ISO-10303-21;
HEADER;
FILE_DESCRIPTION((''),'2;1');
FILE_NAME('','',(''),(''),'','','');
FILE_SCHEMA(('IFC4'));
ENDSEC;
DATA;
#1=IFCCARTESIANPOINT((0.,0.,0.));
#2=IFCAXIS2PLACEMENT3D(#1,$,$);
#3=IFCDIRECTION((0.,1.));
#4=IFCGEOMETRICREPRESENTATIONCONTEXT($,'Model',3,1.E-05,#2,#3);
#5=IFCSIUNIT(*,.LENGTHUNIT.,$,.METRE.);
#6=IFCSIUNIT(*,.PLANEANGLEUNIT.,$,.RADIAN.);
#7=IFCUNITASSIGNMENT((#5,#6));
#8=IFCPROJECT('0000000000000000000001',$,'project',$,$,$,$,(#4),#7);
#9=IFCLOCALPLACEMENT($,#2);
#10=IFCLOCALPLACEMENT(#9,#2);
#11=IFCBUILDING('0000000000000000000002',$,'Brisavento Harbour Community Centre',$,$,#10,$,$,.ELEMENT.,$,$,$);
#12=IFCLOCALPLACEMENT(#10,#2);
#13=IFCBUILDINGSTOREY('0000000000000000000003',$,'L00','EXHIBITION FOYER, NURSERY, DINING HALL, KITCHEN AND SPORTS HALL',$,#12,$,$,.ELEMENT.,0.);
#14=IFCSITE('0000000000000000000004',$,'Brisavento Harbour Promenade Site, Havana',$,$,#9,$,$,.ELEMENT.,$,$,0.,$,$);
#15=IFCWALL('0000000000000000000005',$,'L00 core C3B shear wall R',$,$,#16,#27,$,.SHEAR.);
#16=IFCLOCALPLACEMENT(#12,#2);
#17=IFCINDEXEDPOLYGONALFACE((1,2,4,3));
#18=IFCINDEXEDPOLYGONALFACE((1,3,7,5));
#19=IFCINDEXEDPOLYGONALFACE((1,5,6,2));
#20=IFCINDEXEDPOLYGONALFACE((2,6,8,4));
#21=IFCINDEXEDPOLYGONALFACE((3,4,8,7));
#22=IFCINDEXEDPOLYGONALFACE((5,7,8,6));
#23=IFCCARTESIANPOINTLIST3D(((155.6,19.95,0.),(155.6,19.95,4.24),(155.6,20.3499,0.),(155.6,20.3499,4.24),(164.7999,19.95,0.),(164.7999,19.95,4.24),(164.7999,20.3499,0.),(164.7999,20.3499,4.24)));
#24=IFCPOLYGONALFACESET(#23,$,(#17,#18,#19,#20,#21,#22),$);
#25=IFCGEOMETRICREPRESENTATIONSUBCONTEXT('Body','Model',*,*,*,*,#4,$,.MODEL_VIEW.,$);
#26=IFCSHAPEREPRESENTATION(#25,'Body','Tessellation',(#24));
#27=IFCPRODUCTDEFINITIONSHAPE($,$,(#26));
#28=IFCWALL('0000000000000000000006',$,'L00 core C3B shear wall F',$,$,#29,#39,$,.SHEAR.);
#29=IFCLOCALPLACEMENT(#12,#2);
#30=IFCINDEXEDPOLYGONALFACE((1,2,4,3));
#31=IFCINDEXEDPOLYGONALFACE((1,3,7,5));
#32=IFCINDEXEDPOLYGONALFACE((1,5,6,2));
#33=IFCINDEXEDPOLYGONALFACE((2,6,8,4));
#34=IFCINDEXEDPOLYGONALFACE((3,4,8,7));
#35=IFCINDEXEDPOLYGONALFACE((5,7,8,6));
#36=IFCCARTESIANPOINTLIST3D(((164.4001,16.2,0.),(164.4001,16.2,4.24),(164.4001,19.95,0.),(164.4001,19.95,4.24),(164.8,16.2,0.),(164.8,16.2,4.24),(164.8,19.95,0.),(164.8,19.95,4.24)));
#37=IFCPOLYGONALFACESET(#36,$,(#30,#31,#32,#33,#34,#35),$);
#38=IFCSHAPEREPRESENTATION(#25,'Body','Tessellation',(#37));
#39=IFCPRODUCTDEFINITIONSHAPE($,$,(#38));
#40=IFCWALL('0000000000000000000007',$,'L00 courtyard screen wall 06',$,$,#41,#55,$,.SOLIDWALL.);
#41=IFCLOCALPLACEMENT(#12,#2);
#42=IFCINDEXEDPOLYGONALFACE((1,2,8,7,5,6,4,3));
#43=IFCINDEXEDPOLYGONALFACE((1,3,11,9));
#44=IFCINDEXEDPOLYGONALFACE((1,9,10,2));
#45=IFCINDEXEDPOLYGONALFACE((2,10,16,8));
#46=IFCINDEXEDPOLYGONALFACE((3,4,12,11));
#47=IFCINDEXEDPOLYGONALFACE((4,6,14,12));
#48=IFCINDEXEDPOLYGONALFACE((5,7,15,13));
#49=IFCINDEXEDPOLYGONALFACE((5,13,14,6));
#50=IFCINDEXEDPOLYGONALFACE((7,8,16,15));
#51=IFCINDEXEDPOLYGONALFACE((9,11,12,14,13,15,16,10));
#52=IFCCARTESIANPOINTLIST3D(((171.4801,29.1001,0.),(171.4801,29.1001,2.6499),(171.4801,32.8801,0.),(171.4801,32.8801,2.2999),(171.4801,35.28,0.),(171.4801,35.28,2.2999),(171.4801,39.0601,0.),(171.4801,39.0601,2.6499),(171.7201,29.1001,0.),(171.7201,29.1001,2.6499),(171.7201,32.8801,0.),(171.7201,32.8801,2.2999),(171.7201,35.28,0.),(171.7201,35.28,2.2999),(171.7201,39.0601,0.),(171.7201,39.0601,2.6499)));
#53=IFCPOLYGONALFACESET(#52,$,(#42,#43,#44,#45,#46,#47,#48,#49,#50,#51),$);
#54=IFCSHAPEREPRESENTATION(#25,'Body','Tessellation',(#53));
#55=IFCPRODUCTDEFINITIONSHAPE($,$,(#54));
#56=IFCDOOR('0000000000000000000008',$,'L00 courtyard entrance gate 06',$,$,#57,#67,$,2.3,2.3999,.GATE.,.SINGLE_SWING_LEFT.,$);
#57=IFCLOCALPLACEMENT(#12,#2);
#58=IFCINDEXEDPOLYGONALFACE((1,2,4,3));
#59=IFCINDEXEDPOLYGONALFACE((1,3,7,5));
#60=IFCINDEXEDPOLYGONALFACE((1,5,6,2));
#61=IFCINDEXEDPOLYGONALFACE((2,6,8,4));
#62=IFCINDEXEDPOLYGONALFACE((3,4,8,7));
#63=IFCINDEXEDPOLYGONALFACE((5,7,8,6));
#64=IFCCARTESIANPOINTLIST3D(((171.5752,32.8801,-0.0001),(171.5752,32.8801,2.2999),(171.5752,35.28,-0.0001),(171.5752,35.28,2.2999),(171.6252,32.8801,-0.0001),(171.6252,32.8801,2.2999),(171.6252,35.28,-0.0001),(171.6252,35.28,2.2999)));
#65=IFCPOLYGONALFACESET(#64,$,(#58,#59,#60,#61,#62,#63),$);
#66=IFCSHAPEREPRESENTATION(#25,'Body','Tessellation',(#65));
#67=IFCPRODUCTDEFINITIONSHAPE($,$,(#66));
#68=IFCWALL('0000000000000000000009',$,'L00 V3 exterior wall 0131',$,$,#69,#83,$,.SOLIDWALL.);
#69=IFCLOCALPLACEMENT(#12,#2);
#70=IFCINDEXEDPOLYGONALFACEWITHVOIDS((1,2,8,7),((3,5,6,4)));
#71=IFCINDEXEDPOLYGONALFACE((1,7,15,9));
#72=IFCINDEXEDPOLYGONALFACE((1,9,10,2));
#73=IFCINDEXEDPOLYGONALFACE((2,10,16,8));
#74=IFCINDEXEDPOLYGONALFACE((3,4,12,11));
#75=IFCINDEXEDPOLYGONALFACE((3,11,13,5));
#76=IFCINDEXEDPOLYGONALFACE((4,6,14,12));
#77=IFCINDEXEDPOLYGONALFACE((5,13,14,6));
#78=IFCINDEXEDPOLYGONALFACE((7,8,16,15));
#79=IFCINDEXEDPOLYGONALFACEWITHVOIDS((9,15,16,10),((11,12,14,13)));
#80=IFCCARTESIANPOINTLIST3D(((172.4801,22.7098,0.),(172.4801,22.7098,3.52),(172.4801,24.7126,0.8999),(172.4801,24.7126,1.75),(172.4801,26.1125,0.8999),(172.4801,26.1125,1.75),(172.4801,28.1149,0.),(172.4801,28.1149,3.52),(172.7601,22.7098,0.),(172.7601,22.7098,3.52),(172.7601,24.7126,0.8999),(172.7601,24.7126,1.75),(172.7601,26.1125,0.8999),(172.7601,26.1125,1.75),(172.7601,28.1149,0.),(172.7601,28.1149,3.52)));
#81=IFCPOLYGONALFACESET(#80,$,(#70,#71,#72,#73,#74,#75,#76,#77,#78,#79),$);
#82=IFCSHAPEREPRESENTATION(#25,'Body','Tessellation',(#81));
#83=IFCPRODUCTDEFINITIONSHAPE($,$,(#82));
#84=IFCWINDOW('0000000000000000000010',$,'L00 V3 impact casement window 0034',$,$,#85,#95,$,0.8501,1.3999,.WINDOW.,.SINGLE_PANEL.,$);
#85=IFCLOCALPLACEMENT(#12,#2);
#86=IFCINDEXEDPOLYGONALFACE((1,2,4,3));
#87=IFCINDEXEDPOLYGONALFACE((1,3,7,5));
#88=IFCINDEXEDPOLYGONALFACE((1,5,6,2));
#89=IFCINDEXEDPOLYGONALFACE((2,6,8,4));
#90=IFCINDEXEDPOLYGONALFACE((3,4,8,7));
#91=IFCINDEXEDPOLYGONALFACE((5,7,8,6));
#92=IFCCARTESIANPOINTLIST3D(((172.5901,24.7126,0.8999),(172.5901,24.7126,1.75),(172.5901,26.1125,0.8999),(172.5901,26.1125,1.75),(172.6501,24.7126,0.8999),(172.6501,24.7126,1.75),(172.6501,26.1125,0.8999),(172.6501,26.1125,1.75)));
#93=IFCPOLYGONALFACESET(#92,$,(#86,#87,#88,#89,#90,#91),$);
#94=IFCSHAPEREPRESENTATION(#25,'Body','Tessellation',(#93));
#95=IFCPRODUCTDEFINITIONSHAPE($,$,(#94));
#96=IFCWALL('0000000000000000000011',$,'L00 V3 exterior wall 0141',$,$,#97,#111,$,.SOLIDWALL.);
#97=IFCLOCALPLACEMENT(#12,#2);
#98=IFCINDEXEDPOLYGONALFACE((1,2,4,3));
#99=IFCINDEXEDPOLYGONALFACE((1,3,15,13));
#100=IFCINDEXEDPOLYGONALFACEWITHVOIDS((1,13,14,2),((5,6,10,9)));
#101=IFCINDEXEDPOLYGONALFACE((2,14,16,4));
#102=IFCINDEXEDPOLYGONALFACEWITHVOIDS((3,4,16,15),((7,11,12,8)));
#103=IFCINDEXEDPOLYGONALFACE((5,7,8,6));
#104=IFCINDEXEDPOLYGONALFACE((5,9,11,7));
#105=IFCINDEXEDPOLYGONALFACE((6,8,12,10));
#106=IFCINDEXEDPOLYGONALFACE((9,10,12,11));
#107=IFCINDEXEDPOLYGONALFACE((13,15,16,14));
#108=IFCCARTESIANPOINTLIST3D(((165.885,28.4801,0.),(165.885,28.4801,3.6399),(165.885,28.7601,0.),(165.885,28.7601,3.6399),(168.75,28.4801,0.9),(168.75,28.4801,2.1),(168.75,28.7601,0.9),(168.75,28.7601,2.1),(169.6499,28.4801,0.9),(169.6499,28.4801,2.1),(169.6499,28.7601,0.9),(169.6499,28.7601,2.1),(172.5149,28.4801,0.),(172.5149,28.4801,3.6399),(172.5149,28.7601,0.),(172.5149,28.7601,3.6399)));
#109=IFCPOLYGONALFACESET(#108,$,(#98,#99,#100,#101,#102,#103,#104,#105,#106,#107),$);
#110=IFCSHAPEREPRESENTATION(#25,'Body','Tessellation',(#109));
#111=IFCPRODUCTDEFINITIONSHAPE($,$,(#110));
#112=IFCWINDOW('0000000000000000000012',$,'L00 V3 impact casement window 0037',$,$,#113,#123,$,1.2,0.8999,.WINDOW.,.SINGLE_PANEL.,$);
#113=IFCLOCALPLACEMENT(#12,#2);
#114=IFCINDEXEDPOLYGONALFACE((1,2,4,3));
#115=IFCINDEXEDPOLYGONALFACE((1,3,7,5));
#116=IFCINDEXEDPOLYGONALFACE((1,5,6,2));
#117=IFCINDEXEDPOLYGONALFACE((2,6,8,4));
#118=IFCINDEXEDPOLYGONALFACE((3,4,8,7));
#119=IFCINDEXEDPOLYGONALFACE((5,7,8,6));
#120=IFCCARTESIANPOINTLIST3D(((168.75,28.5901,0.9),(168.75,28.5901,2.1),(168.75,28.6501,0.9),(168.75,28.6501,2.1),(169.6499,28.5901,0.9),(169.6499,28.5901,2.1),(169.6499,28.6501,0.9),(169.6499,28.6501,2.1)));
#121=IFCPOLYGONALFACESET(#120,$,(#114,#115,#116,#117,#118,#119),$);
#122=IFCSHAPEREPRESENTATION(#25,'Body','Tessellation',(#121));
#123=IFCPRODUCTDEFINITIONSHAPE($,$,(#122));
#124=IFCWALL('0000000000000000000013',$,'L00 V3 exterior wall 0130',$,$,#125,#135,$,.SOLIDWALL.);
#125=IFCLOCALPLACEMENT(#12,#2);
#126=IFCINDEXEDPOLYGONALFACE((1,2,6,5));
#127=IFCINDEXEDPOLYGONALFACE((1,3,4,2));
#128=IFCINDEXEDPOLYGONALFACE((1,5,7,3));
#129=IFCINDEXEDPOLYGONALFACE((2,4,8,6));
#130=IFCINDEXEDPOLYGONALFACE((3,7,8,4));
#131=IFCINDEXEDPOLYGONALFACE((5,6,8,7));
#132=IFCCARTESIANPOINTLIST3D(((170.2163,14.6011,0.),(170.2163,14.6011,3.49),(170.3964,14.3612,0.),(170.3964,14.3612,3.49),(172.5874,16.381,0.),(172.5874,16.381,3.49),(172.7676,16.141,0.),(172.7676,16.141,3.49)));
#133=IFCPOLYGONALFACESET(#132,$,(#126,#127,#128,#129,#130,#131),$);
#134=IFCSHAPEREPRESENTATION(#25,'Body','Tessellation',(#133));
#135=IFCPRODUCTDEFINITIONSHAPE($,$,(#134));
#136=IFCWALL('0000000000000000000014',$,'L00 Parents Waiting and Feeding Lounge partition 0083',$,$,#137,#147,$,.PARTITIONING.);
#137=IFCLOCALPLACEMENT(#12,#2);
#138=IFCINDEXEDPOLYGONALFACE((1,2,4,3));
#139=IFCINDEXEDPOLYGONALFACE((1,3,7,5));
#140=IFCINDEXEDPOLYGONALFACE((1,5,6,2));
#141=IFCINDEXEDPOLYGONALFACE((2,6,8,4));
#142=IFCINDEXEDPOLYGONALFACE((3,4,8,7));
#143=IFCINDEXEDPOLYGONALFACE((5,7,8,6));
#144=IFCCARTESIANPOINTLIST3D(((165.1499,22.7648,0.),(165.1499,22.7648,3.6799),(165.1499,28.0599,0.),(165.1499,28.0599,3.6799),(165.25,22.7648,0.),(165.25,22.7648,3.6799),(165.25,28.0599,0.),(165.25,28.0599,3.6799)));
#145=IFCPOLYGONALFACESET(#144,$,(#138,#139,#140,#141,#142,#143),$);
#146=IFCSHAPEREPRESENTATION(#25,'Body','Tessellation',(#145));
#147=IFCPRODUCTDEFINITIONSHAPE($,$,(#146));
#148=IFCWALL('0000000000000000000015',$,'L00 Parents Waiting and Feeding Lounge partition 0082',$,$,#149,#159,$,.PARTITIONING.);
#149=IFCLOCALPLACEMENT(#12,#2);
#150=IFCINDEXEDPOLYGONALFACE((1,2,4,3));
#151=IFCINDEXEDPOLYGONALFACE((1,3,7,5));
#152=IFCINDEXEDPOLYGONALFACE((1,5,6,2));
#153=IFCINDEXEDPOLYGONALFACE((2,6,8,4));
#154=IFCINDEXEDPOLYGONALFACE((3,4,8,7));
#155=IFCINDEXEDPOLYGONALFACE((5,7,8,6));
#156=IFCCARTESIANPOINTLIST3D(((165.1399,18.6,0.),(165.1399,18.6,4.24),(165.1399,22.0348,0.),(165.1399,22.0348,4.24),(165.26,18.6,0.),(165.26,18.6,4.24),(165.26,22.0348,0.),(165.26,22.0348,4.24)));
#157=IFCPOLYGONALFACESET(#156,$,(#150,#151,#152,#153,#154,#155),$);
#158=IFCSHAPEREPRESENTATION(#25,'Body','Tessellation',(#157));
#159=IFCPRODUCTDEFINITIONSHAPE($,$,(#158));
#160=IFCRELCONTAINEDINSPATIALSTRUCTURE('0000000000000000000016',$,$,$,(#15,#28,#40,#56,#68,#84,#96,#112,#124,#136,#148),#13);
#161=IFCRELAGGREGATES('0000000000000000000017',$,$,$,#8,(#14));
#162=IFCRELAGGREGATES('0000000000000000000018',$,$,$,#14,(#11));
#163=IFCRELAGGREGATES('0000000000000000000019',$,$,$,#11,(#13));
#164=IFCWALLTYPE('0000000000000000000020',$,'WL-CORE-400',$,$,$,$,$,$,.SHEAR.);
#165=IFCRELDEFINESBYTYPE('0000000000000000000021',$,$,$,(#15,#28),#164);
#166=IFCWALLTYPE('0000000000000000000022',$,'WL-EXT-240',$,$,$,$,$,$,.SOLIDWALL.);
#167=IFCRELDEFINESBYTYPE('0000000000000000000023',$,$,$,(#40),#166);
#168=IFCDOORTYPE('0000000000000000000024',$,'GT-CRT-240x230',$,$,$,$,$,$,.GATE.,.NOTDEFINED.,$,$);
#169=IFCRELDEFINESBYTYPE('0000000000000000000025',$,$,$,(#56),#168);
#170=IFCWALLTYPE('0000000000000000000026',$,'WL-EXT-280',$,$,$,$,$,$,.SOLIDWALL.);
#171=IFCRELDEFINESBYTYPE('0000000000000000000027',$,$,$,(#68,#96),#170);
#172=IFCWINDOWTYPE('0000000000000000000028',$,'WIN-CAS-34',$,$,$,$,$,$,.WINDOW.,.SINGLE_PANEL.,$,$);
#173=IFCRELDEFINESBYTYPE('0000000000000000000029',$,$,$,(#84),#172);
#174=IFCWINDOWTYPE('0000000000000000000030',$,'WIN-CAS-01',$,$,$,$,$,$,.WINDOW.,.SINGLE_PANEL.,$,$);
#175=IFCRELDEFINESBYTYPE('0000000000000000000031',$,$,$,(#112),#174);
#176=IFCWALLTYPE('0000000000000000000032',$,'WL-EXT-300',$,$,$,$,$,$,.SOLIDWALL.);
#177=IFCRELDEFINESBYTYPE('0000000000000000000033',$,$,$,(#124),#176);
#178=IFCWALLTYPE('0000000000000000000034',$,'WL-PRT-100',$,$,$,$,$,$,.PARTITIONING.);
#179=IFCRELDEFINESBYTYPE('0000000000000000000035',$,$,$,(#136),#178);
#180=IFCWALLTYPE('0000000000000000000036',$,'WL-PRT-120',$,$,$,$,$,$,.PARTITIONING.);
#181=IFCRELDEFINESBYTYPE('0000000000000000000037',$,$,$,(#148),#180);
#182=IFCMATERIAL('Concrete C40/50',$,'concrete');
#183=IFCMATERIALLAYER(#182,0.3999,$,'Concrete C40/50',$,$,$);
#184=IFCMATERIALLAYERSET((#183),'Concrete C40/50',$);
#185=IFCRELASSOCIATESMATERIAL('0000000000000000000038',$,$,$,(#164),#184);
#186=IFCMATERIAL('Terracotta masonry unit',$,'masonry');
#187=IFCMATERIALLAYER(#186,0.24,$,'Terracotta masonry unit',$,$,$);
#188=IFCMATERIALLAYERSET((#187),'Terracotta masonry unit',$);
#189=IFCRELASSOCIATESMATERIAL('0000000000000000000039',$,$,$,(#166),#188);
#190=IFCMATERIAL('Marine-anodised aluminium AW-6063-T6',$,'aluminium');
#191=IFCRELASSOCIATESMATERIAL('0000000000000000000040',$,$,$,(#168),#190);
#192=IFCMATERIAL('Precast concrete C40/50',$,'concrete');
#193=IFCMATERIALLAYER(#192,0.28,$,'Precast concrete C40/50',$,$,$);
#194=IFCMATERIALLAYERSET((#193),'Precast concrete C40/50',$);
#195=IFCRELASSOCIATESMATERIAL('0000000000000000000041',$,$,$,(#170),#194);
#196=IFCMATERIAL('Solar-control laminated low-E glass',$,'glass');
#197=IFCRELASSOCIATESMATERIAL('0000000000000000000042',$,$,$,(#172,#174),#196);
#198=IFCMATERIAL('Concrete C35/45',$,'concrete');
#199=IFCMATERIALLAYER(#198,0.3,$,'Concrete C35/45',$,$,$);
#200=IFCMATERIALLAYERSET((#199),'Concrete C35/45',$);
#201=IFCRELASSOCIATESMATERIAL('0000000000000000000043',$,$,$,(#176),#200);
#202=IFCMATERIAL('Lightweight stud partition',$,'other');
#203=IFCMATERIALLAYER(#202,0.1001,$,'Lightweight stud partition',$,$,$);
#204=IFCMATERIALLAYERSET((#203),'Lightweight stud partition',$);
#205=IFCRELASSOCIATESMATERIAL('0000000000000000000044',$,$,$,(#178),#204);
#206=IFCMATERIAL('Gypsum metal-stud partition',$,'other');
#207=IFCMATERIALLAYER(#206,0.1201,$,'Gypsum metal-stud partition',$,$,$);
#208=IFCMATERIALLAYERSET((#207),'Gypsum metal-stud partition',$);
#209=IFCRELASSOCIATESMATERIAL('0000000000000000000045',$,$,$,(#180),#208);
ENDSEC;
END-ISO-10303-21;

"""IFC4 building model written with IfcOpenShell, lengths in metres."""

from ifc_helpers import new_model, si_unit, direction, frame, frame_2d, origin, place, context, subcontext, project, spatial, rectangle, extrude, material, layer, layer_set, type_object, element, fill, save


model = new_model("IFC4")

# Units and contexts
model_context = context("Model", 3, precision=1e-05, world=origin(), true_north=direction((0.0, 1.0)))
body_context = subcontext(model_context, "Body", "Model", "MODEL_VIEW")
ifc_project = project(units=[si_unit("LENGTHUNIT", "METRE"), si_unit("PLANEANGLEUNIT", "RADIAN")], contexts=[model_context])

# Site, building, storey
site_placement = place(None, origin())
site = spatial("IfcSite", under=ifc_project, at=site_placement, Name="Brisavento Harbour Promenade Site, Havana", CompositionType="ELEMENT", RefElevation=0.0)
building_placement = place(site_placement, origin())
building = spatial("IfcBuilding", under=site, at=building_placement, Name="Brisavento Harbour Community Centre", CompositionType="ELEMENT")
storey_placement = place(building_placement, origin())
storey = spatial("IfcBuildingStorey", under=building, at=storey_placement, Name="L00", Description="EXHIBITION FOYER, NURSERY, DINING HALL, KITCHEN AND SPORTS HALL", CompositionType="ELEMENT", Elevation=0.0)

# Shared definitions
ifc_material_1 = material(Name="Concrete C35/45", Category="concrete")
ifc_material_2 = material(Name="Concrete C40/50", Category="concrete")

# Walls
ifc_layer_1 = layer(ifc_material_2, 0.3999, Name="Concrete C40/50")
ifc_layer_set_1 = layer_set([ifc_layer_1], Name="Concrete C40/50")
wall_type_1 = type_object("IfcWallType", Name="WL-CORE-400", PredefinedType="SHEAR", material=ifc_layer_set_1)
wall_1_placement = place(storey_placement, frame((164.8, 20.1499, 0.0), z_axis=(0.0, 0.0, 1.0), x_axis=(-1.0, 0.0, 0.0)))
element("IfcWall", 1, at=wall_1_placement, inside=storey, type_object=wall_type_1, Name="L00 core C3B shear wall R", PredefinedType="SHEAR", context=body_context, shape_type="SweptSolid", body=[
    extrude(rectangle(XDim=9.2, YDim=0.3999, at=frame_2d((4.6001, 0.0))), origin(), (0.0, 0.0, 1.0), 4.24),
])
wall_2_placement = place(storey_placement, frame((164.6001, 16.2, 0.0), z_axis=(0.0, 0.0, 1.0), x_axis=(0.0, 1.0, 0.0)))
element("IfcWall", 2, at=wall_2_placement, inside=storey, type_object=wall_type_1, Name="L00 core C3B shear wall F", PredefinedType="SHEAR", context=body_context, shape_type="SweptSolid", body=[
    extrude(rectangle(XDim=3.75, YDim=0.3999, at=frame_2d((1.875, 0.0))), origin(), (0.0, 0.0, 1.0), 4.24),
])

# Wall, opening, door
ifc_material_3 = material(Name="Terracotta masonry unit", Category="masonry")
ifc_layer_2 = layer(ifc_material_3, 0.24, Name="Terracotta masonry unit")
ifc_layer_set_2 = layer_set([ifc_layer_2], Name="Terracotta masonry unit")
wall_type_2 = type_object("IfcWallType", Name="WL-EXT-240", PredefinedType="SOLIDWALL", material=ifc_layer_set_2)
wall_3_placement = place(storey_placement, frame((171.6001, 29.1001, 0.0), z_axis=(0.0, 0.0, 1.0), x_axis=(0.0, 1.0, 0.0)))
wall_3 = element("IfcWall", 3, at=wall_3_placement, inside=storey, type_object=wall_type_2, Name="L00 courtyard screen wall 06", PredefinedType="SOLIDWALL", context=body_context, shape_type="SweptSolid", body=[
    extrude(rectangle(XDim=9.96, YDim=0.24, at=frame_2d((4.98, 0.0))), origin(), (0.0, 0.0, 1.0), 2.6499),
])
opening_1_placement = place(wall_3_placement, frame((3.78, 0.0, 0.0)))
opening_1 = element("IfcOpeningElement", 4, at=opening_1_placement, cuts=wall_3, PredefinedType="OPENING", context=body_context, shape_type="SweptSolid", body=[
    extrude(rectangle(XDim=2.3999, YDim=2.3, at=frame_2d((1.2, 1.1499))), frame((0.0, 0.1299, 0.0), z_axis=(0.0, -1.0, 0.0), x_axis=(1.0, 0.0, 0.0)), (0.0, 0.0, 1.0), 0.26),
])
ifc_material_4 = material(Name="Marine-anodised aluminium AW-6063-T6", Category="aluminium")
door_type_1 = type_object("IfcDoorType", Name="GT-CRT-240x230", OperationType="NOTDEFINED", PredefinedType="GATE", material=ifc_material_4)
door_1_placement = place(opening_1_placement, origin())
door_1 = element("IfcDoor", 5, at=door_1_placement, inside=storey, type_object=door_type_1, Name="L00 courtyard entrance gate 06", OperationType="SINGLE_SWING_LEFT", OverallHeight=2.3, OverallWidth=2.3999, PredefinedType="GATE", context=body_context, shape_type="SweptSolid", body=[
    extrude(rectangle(XDim=2.3999, YDim=2.3, at=frame_2d((1.2, 1.1499))), frame((0.0, 0.0249, 0.0), z_axis=(0.0, -1.0, 0.0), x_axis=(1.0, 0.0, 0.0)), (0.0, 0.0, 1.0), 0.05),
])
fill(opening_1, door_1)

# Walls, openings, windows
ifc_material_5 = material(Name="Precast concrete C40/50", Category="concrete")
ifc_layer_3 = layer(ifc_material_5, 0.28, Name="Precast concrete C40/50")
ifc_layer_set_3 = layer_set([ifc_layer_3], Name="Precast concrete C40/50")
wall_type_3 = type_object("IfcWallType", Name="WL-EXT-280", PredefinedType="SOLIDWALL", material=ifc_layer_set_3)
wall_4_placement = place(storey_placement, frame((172.6201, 28.115, 0.0), z_axis=(0.0, 0.0, 1.0), x_axis=(0.0, -1.0, 0.0)))
wall_4 = element("IfcWall", 6, at=wall_4_placement, inside=storey, type_object=wall_type_3, Name="L00 V3 exterior wall 0131", PredefinedType="SOLIDWALL", context=body_context, shape_type="SweptSolid", body=[
    extrude(rectangle(XDim=5.405, YDim=0.28, at=frame_2d((2.7026, 0.0))), origin(), (0.0, 0.0, 1.0), 3.52),
])
opening_2_placement = place(wall_4_placement, frame((2.0024, 0.0, 0.8999)))
opening_2 = element("IfcOpeningElement", 7, at=opening_2_placement, cuts=wall_4, PredefinedType="OPENING", context=body_context, shape_type="SweptSolid", body=[
    extrude(rectangle(XDim=1.3999, YDim=0.8501, at=frame_2d((0.7, 0.425))), frame((0.0, 0.1499, 0.0), z_axis=(0.0, -1.0, 0.0), x_axis=(1.0, 0.0, 0.0)), (0.0, 0.0, 1.0), 0.3),
])
ifc_material_6 = material(Name="Solar-control laminated low-E glass", Category="glass")
window_type_1 = type_object("IfcWindowType", Name="WIN-CAS-34", PartitioningType="SINGLE_PANEL", PredefinedType="WINDOW", material=ifc_material_6)
window_1_placement = place(opening_2_placement, origin())
window_1 = element("IfcWindow", 8, at=window_1_placement, inside=storey, type_object=window_type_1, Name="L00 V3 impact casement window 0034", OverallHeight=0.8501, OverallWidth=1.3999, PartitioningType="SINGLE_PANEL", PredefinedType="WINDOW", context=body_context, shape_type="SweptSolid", body=[
    extrude(rectangle(XDim=1.3999, YDim=0.8501, at=frame_2d((0.7, 0.425))), frame((0.0, 0.03, 0.0), z_axis=(0.0, -1.0, 0.0), x_axis=(1.0, 0.0, 0.0)), (0.0, 0.0, 1.0), 0.0601),
])
fill(opening_2, window_1)
wall_5_placement = place(storey_placement, frame((165.885, 28.6201, 0.0), z_axis=(0.0, 0.0, 1.0), x_axis=(1.0, 0.0, 0.0)))
wall_5 = element("IfcWall", 9, at=wall_5_placement, inside=storey, type_object=wall_type_3, Name="L00 V3 exterior wall 0141", PredefinedType="SOLIDWALL", context=body_context, shape_type="SweptSolid", body=[
    extrude(rectangle(XDim=6.6299, YDim=0.28, at=frame_2d((3.3149, 0.0))), origin(), (0.0, 0.0, 1.0), 3.6399),
])
opening_3_placement = place(wall_5_placement, frame((2.865, 0.0, 0.8999)))
opening_3 = element("IfcOpeningElement", 10, at=opening_3_placement, cuts=wall_5, PredefinedType="OPENING", context=body_context, shape_type="SweptSolid", body=[
    extrude(rectangle(XDim=0.8999, YDim=1.2, at=frame_2d((0.45, 0.6001))), frame((0.0, 0.1499, 0.0), z_axis=(0.0, -1.0, 0.0), x_axis=(1.0, 0.0, 0.0)), (0.0, 0.0, 1.0), 0.3),
])
window_type_2 = type_object("IfcWindowType", Name="WIN-CAS-01", PartitioningType="SINGLE_PANEL", PredefinedType="WINDOW", material=ifc_material_6)
window_2_placement = place(opening_3_placement, origin())
window_2 = element("IfcWindow", 11, at=window_2_placement, inside=storey, type_object=window_type_2, Name="L00 V3 impact casement window 0037", OverallHeight=1.2, OverallWidth=0.8999, PartitioningType="SINGLE_PANEL", PredefinedType="WINDOW", context=body_context, shape_type="SweptSolid", body=[
    extrude(rectangle(XDim=0.8999, YDim=1.2, at=frame_2d((0.45, 0.6001))), frame((0.0, 0.03, 0.0), z_axis=(0.0, -1.0, 0.0), x_axis=(1.0, 0.0, 0.0)), (0.0, 0.0, 1.0), 0.0601),
])
fill(opening_3, window_2)

# Walls
ifc_layer_4 = layer(ifc_material_1, 0.3, Name="Concrete C35/45")
ifc_layer_set_4 = layer_set([ifc_layer_4], Name="Concrete C35/45")
wall_type_4 = type_object("IfcWallType", Name="WL-EXT-300", PredefinedType="SOLIDWALL", material=ifc_layer_set_4)
wall_6_placement = place(storey_placement, frame((172.6775, 16.261, 0.0), z_axis=(0.0, 0.0, 1.0), x_axis=(-0.799763, -0.600316, 0.0)))
element("IfcWall", 12, at=wall_6_placement, inside=storey, type_object=wall_type_4, Name="L00 V3 exterior wall 0130", PredefinedType="SOLIDWALL", context=body_context, shape_type="SweptSolid", body=[
    extrude(rectangle(XDim=2.9648, YDim=0.3, at=frame_2d((1.4824, 0.0))), origin(), (0.0, 0.0, 1.0), 3.49),
])
ifc_material_7 = material(Name="Lightweight stud partition", Category="other")
ifc_layer_5 = layer(ifc_material_7, 0.1001, Name="Lightweight stud partition")
ifc_layer_set_5 = layer_set([ifc_layer_5], Name="Lightweight stud partition")
wall_type_5 = type_object("IfcWallType", Name="WL-PRT-100", PredefinedType="PARTITIONING", material=ifc_layer_set_5)
wall_7_placement = place(storey_placement, frame((165.2, 22.7649, 0.0), z_axis=(0.0, 0.0, 1.0), x_axis=(0.0, 1.0, 0.0)))
element("IfcWall", 13, at=wall_7_placement, inside=storey, type_object=wall_type_5, Name="L00 Parents Waiting and Feeding Lounge partition 0083", PredefinedType="PARTITIONING", context=body_context, shape_type="SweptSolid", body=[
    extrude(rectangle(XDim=5.2952, YDim=0.1001, at=frame_2d((2.6475, 0.0))), origin(), (0.0, 0.0, 1.0), 3.6799),
])
ifc_material_8 = material(Name="Gypsum metal-stud partition", Category="other")
ifc_layer_6 = layer(ifc_material_8, 0.1201, Name="Gypsum metal-stud partition")
ifc_layer_set_6 = layer_set([ifc_layer_6], Name="Gypsum metal-stud partition")
wall_type_6 = type_object("IfcWallType", Name="WL-PRT-120", PredefinedType="PARTITIONING", material=ifc_layer_set_6)
wall_8_placement = place(storey_placement, frame((165.2, 18.6001, 0.0), z_axis=(0.0, 0.0, 1.0), x_axis=(0.0, 1.0, 0.0)))
element("IfcWall", 14, at=wall_8_placement, inside=storey, type_object=wall_type_6, Name="L00 Parents Waiting and Feeding Lounge partition 0082", PredefinedType="PARTITIONING", context=body_context, shape_type="SweptSolid", body=[
    extrude(rectangle(XDim=3.4348, YDim=0.1201, at=frame_2d((1.7173, 0.0))), origin(), (0.0, 0.0, 1.0), 4.24),
])

save(model, "model.ifc")
